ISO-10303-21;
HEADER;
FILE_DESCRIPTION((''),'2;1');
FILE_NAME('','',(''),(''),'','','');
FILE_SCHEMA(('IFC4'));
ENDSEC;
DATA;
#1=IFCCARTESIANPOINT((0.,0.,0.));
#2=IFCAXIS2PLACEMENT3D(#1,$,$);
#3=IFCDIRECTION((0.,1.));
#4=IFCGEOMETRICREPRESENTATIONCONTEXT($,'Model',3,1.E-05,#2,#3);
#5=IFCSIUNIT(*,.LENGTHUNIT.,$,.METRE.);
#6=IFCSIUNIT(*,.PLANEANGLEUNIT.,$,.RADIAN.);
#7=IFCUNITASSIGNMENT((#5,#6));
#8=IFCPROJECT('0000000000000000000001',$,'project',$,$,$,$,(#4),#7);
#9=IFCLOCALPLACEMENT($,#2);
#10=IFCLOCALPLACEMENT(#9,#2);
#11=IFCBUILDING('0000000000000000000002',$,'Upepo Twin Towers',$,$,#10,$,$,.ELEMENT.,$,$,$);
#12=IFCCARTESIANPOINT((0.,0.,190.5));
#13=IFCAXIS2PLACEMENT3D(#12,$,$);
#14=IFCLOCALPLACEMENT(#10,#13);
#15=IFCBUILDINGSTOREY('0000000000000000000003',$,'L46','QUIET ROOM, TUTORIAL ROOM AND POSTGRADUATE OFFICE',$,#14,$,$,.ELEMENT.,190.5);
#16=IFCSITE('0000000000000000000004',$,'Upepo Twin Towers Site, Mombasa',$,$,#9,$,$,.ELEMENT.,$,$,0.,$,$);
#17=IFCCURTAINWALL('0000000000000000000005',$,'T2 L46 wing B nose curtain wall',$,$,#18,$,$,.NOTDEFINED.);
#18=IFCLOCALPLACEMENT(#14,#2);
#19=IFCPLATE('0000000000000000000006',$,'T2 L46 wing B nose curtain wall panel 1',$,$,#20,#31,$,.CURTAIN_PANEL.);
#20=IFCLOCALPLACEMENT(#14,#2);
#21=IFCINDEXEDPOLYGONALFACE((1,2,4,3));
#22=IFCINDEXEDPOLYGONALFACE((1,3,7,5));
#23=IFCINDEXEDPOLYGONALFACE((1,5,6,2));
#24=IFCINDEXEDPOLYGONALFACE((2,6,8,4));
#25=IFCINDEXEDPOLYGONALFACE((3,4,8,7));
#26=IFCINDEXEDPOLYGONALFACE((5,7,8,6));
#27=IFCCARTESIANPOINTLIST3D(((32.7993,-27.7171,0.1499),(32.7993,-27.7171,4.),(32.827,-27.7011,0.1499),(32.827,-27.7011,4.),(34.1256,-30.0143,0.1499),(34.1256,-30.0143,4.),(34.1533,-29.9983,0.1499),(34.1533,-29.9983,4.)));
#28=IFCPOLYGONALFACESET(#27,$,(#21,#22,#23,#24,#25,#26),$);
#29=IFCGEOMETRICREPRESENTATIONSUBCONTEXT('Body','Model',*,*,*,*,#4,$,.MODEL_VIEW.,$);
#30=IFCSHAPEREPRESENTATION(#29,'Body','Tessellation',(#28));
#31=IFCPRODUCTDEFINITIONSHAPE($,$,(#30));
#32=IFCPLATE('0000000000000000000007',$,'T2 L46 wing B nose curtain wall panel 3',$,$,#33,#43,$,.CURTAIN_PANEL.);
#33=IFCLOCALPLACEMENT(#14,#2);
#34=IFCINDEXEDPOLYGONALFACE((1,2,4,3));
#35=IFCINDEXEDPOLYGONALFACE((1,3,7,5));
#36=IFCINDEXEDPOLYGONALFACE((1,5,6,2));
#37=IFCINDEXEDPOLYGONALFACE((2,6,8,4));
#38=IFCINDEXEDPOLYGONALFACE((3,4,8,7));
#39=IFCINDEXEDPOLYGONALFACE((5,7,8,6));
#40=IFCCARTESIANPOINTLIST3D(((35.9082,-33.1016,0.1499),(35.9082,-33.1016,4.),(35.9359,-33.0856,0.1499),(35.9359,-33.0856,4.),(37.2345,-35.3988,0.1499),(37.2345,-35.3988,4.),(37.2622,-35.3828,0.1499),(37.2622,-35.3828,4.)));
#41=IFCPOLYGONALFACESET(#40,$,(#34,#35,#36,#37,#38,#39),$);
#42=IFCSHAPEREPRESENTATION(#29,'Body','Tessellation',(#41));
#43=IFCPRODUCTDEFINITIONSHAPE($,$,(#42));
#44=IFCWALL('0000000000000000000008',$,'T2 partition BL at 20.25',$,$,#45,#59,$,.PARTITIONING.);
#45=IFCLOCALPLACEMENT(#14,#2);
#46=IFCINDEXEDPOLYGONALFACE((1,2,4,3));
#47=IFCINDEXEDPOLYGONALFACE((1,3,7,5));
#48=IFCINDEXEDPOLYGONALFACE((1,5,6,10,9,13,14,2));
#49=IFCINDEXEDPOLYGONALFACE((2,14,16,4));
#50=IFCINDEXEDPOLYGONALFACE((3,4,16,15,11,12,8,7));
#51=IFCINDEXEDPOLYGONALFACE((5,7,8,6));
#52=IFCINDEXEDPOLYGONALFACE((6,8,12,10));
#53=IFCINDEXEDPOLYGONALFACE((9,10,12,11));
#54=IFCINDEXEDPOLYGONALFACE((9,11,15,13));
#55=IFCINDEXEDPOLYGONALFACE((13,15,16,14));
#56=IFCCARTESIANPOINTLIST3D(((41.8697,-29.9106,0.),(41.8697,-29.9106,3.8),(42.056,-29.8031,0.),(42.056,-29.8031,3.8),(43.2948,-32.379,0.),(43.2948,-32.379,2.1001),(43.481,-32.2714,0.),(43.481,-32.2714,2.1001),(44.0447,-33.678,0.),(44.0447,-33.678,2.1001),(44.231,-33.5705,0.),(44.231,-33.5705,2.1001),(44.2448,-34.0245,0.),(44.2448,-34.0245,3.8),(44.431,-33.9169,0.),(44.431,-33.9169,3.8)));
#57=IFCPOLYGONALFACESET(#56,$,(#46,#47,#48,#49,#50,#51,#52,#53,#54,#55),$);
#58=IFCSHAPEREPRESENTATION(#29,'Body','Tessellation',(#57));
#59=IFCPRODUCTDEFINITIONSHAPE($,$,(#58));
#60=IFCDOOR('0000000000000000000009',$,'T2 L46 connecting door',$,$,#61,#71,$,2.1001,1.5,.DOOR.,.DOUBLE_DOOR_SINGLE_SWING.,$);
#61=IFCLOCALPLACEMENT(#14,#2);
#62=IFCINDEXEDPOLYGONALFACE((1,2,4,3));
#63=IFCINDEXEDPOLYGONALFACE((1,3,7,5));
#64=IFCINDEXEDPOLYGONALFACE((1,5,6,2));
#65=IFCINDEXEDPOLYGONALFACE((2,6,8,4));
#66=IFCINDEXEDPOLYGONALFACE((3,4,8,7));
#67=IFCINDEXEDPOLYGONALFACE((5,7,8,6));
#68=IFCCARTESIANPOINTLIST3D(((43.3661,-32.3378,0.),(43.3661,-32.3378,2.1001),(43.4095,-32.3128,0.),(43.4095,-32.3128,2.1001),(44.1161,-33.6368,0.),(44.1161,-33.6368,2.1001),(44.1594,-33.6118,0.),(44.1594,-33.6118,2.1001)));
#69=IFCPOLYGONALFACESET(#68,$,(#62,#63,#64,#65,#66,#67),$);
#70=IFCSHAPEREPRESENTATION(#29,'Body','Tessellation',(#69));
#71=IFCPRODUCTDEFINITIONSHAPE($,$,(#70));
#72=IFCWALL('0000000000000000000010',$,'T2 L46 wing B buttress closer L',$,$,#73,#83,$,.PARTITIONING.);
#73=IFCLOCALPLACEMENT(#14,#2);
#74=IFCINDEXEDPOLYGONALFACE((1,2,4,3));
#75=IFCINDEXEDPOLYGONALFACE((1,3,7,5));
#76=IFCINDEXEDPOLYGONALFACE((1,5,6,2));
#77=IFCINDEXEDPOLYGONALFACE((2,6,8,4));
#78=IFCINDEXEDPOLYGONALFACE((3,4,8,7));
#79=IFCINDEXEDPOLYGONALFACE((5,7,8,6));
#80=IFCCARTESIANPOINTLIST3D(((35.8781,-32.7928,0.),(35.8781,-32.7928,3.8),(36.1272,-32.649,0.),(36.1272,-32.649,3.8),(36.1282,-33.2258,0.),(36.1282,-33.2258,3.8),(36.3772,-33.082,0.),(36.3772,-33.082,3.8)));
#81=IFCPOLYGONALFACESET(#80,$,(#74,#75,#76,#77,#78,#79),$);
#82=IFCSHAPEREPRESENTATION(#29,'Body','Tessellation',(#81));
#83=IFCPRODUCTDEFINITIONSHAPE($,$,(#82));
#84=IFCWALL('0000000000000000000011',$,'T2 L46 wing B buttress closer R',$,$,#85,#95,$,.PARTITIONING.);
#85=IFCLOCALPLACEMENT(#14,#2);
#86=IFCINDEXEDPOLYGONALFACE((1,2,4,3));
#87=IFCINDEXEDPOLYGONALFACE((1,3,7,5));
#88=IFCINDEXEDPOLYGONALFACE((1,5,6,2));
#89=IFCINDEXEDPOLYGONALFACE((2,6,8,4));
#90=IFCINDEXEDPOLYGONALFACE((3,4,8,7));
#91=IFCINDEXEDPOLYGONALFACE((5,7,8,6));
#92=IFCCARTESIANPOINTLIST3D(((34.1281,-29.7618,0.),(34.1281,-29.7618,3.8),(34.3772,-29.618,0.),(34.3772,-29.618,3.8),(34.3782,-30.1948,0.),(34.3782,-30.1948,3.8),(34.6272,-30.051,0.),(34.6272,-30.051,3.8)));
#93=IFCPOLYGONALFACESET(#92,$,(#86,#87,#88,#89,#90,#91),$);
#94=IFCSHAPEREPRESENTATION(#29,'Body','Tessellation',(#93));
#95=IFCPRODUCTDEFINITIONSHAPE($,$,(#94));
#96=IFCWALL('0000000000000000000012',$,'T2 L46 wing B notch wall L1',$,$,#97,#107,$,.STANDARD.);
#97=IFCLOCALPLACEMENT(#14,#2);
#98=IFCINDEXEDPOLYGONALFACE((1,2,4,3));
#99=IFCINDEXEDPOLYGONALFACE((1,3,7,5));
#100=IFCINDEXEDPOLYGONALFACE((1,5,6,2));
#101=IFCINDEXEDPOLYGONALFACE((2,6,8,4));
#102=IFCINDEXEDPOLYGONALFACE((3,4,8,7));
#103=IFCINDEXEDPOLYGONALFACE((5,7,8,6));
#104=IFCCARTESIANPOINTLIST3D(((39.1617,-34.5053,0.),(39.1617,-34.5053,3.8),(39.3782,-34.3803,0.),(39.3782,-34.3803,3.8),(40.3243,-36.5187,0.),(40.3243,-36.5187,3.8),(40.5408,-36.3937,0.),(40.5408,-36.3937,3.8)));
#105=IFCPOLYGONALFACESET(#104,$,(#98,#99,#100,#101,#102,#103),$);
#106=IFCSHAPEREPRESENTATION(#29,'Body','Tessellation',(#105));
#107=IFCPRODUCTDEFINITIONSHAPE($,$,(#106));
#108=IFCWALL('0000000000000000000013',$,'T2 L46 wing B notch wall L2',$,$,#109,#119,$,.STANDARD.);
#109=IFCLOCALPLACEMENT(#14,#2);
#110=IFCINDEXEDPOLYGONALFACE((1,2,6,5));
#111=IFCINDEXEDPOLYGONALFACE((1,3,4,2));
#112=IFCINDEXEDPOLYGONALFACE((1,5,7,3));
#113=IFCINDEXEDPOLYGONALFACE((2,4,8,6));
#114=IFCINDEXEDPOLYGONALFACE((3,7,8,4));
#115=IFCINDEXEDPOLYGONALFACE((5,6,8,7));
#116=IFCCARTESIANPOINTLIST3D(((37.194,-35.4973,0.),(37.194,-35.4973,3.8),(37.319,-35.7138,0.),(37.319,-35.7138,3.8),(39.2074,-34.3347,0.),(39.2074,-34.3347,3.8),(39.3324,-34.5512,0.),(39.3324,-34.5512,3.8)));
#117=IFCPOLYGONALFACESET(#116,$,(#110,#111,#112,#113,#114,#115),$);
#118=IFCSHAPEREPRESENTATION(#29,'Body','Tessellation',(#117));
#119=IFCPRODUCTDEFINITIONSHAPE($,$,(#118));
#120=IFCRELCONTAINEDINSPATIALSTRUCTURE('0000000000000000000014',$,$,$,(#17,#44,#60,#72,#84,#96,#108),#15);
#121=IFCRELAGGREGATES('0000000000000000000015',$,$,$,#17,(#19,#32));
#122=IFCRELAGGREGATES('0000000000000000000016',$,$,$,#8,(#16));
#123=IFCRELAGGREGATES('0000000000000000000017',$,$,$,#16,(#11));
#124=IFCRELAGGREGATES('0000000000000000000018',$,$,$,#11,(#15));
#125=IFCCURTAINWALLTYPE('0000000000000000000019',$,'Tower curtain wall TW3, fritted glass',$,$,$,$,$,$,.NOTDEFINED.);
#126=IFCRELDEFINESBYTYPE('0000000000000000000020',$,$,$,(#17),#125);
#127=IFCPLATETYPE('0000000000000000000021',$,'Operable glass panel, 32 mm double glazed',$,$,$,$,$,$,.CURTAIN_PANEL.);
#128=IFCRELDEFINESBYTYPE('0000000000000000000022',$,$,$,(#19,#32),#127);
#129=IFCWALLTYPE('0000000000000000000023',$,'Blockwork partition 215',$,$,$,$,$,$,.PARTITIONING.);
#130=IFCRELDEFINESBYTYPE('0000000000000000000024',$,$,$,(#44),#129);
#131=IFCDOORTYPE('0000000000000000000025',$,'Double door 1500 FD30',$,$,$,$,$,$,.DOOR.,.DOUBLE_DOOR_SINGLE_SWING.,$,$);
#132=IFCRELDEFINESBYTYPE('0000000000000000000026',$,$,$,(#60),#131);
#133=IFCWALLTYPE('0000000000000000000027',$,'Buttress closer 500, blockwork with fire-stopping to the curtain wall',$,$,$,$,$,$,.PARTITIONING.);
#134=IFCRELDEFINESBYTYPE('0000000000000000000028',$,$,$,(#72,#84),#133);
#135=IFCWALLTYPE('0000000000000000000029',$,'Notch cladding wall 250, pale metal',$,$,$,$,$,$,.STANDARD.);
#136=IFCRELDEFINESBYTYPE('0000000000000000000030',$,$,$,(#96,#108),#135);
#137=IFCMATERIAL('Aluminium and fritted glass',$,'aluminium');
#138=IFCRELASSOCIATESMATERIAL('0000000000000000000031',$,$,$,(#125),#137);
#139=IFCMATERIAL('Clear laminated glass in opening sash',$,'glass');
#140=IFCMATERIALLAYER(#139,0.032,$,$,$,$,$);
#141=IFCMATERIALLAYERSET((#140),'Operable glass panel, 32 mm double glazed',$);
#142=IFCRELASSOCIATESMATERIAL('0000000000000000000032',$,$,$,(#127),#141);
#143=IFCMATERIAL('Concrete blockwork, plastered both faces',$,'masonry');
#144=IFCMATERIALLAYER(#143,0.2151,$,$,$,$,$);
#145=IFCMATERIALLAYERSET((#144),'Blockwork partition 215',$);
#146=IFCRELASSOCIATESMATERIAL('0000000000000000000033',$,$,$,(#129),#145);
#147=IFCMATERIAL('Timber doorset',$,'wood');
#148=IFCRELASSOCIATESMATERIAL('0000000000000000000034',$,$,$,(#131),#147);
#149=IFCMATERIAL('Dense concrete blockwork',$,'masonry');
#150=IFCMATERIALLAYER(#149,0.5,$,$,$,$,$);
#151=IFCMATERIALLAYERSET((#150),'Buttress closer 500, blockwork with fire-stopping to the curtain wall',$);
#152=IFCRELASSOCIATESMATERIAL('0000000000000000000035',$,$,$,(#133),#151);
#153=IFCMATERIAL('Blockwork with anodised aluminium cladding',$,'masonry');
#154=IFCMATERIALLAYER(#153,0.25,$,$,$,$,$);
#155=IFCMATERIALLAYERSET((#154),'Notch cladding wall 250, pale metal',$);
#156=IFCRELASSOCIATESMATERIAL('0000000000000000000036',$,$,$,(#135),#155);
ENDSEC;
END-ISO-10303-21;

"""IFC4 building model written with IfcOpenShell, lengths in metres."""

from ifc_helpers import new_model, si_unit, direction, frame, frame_2d, origin, origin_2d, place, context, subcontext, project, spatial, rectangle, extrude, material, layer, layer_set, type_object, element, fill, aggregate, save


model = new_model("IFC4")

# Units and contexts
model_context = context("Model", 3, precision=1e-05, world=origin(), true_north=direction((0.0, 1.0)))
body_context = subcontext(model_context, "Body", "Model", "MODEL_VIEW")
ifc_project = project(units=[si_unit("LENGTHUNIT", "METRE"), si_unit("PLANEANGLEUNIT", "RADIAN")], contexts=[model_context])

# Site, building, storey
site_placement = place(None, origin())
site = spatial("IfcSite", under=ifc_project, at=site_placement, Name="Upepo Twin Towers Site, Mombasa", CompositionType="ELEMENT", RefElevation=0.0)
building_placement = place(site_placement, origin())
building = spatial("IfcBuilding", under=site, at=building_placement, Name="Upepo Twin Towers", CompositionType="ELEMENT")
storey_placement = place(building_placement, frame((0.0, 0.0, 190.5)))
storey = spatial("IfcBuildingStorey", under=building, at=storey_placement, Name="L46", Description="QUIET ROOM, TUTORIAL ROOM AND POSTGRADUATE OFFICE", CompositionType="ELEMENT", Elevation=190.5)

# Shared definitions
ifc_material_1 = material(Name="Aluminium and fritted glass", Category="aluminium")
curtain_wall_type = type_object("IfcCurtainWallType", Name="Tower curtain wall TW3, fritted glass", PredefinedType="NOTDEFINED", material=ifc_material_1)

# Curtain wall
curtain_wall_1_placement = place(storey_placement, origin())
curtain_wall_1 = element("IfcCurtainWall", 1, at=curtain_wall_1_placement, inside=storey, type_object=curtain_wall_type, Name="T2 L46 wing B nose curtain wall", PredefinedType="NOTDEFINED")

# Plates
ifc_material_2 = material(Name="Clear laminated glass in opening sash", Category="glass")
ifc_layer_1 = layer(ifc_material_2, 0.032)
ifc_layer_set_1 = layer_set([ifc_layer_1], Name="Operable glass panel, 32 mm double glazed")
plate_type_1 = type_object("IfcPlateType", Name="Operable glass panel, 32 mm double glazed", PredefinedType="CURTAIN_PANEL", material=ifc_layer_set_1)
plate_1_placement = place(storey_placement, frame((33.4763, -28.8577, 0.1499), z_axis=(0.0, 0.0, 1.0), x_axis=(0.5, -0.866025, 0.0)))
plate_1 = element("IfcPlate", 2, at=plate_1_placement, type_object=plate_type_1, Name="T2 L46 wing B nose curtain wall panel 1", PredefinedType="CURTAIN_PANEL", context=body_context, shape_type="SweptSolid", body=[
    extrude(rectangle(XDim=2.6526, YDim=0.032, at=origin_2d()), origin(), (0.0, 0.0, 1.0), 3.8501),
])
plate_2_placement = place(storey_placement, frame((36.5852, -34.2422, 0.1499), z_axis=(0.0, 0.0, 1.0), x_axis=(0.5, -0.866025, 0.0)))
plate_2 = element("IfcPlate", 3, at=plate_2_placement, type_object=plate_type_1, Name="T2 L46 wing B nose curtain wall panel 3", PredefinedType="CURTAIN_PANEL", context=body_context, shape_type="SweptSolid", body=[
    extrude(rectangle(XDim=2.6526, YDim=0.032, at=origin_2d()), origin(), (0.0, 0.0, 1.0), 3.8501),
])
aggregate(curtain_wall_1, [plate_1, plate_2])

# Wall, opening, door
ifc_material_3 = material(Name="Concrete blockwork, plastered both faces", Category="masonry")
ifc_layer_2 = layer(ifc_material_3, 0.2151)
ifc_layer_set_2 = layer_set([ifc_layer_2], Name="Blockwork partition 215")
wall_type_1 = type_object("IfcWallType", Name="Blockwork partition 215", PredefinedType="PARTITIONING", material=ifc_layer_set_2)
wall_placement = place(storey_placement, frame((41.9629, -29.8569, 0.0), z_axis=(0.0, 0.0, 1.0), x_axis=(0.499986, -0.866033, 0.0)))
wall = element("IfcWall", 4, at=wall_placement, inside=storey, type_object=wall_type_1, Name="T2 partition BL at 20.25", PredefinedType="PARTITIONING", context=body_context, shape_type="SweptSolid", body=[
    extrude(rectangle(XDim=4.7502, YDim=0.2151, at=frame_2d((2.375, 0.0))), origin(), (0.0, 0.0, 1.0), 3.8),
])
opening_placement = place(wall_placement, frame((2.8501, 0.0, 0.0)))
opening = element("IfcOpeningElement", 5, at=opening_placement, cuts=wall, PredefinedType="OPENING", context=body_context, shape_type="SweptSolid", body=[
    extrude(rectangle(XDim=1.5, YDim=2.1001, at=frame_2d((0.75, 1.05))), frame((0.0, 0.1174, 0.0), z_axis=(0.0, -1.0, 0.0), x_axis=(1.0, 0.0, 0.0)), (0.0, 0.0, 1.0), 0.2351),
])
ifc_material_4 = material(Name="Timber doorset", Category="wood")
door_type = type_object("IfcDoorType", Name="Double door 1500 FD30", OperationType="DOUBLE_DOOR_SINGLE_SWING", PredefinedType="DOOR", material=ifc_material_4)
door_placement = place(opening_placement, origin())
door = element("IfcDoor", 6, at=door_placement, inside=storey, type_object=door_type, Name="T2 L46 connecting door", OperationType="DOUBLE_DOOR_SINGLE_SWING", OverallHeight=2.1001, OverallWidth=1.5, PredefinedType="DOOR", context=body_context, shape_type="SweptSolid", body=[
    extrude(rectangle(XDim=1.5, YDim=2.1001, at=frame_2d((0.75, 1.05))), frame((0.0, 0.0249, 0.0), z_axis=(0.0, -1.0, 0.0), x_axis=(1.0, 0.0, 0.0)), (0.0, 0.0, 1.0), 0.05),
])
fill(opening, door)

# Walls
ifc_material_5 = material(Name="Dense concrete blockwork", Category="masonry")
ifc_layer_3 = layer(ifc_material_5, 0.5)
ifc_layer_set_3 = layer_set([ifc_layer_3], Name="Buttress closer 500, blockwork with fire-stopping to the curtain wall")
wall_type_2 = type_object("IfcWallType", Name="Buttress closer 500, blockwork with fire-stopping to the curtain wall", PredefinedType="PARTITIONING", material=ifc_layer_set_3)
for number, where, z_axis, x_axis, name in (
    (7, (36.2522, -32.8655, 0.0), (0.0, 0.0, 1.0), (-0.865988, -0.500065, 0.0), "T2 L46 wing B buttress closer L"),
    (8, (34.5022, -29.8345, 0.0), (0.0, 0.0, 1.0), (-0.865988, -0.500065, 0.0), "T2 L46 wing B buttress closer R"),
):
    element("IfcWall", number, at=place(storey_placement, frame(where, z_axis=z_axis, x_axis=x_axis)), inside=storey, type_object=wall_type_2, Name=name, PredefinedType="PARTITIONING", context=body_context, shape_type="SweptSolid", body=[
        extrude(rectangle(XDim=0.2876, YDim=0.5, at=frame_2d((0.1438, 0.0))), origin(), (0.0, 0.0, 1.0), 3.8),
    ])
ifc_material_6 = material(Name="Blockwork with anodised aluminium cladding", Category="masonry")
ifc_layer_4 = layer(ifc_material_6, 0.25)
ifc_layer_set_4 = layer_set([ifc_layer_4], Name="Notch cladding wall 250, pale metal")
wall_type_3 = type_object("IfcWallType", Name="Notch cladding wall 250, pale metal", PredefinedType="STANDARD", material=ifc_layer_set_4)
for number, where, z_axis, x_axis, name in (
    (9, (40.4326, -36.4563, 0.0), (0.0, 0.0, 1.0), (-0.500047, 0.865998, 0.0), "T2 L46 wing B notch wall L1"),
    (10, (39.27, -34.4429, 0.0), (0.0, 0.0, 1.0), (-0.865998, -0.500047, 0.0), "T2 L46 wing B notch wall L2"),
):
    element("IfcWall", number, at=place(storey_placement, frame(where, z_axis=z_axis, x_axis=x_axis)), inside=storey, type_object=wall_type_3, Name=name, PredefinedType="STANDARD", context=body_context, shape_type="SweptSolid", body=[
        extrude(rectangle(XDim=2.325, YDim=0.25, at=frame_2d((1.1626, 0.0))), origin(), (0.0, 0.0, 1.0), 3.8),
    ])

save(model, "model.ifc")
